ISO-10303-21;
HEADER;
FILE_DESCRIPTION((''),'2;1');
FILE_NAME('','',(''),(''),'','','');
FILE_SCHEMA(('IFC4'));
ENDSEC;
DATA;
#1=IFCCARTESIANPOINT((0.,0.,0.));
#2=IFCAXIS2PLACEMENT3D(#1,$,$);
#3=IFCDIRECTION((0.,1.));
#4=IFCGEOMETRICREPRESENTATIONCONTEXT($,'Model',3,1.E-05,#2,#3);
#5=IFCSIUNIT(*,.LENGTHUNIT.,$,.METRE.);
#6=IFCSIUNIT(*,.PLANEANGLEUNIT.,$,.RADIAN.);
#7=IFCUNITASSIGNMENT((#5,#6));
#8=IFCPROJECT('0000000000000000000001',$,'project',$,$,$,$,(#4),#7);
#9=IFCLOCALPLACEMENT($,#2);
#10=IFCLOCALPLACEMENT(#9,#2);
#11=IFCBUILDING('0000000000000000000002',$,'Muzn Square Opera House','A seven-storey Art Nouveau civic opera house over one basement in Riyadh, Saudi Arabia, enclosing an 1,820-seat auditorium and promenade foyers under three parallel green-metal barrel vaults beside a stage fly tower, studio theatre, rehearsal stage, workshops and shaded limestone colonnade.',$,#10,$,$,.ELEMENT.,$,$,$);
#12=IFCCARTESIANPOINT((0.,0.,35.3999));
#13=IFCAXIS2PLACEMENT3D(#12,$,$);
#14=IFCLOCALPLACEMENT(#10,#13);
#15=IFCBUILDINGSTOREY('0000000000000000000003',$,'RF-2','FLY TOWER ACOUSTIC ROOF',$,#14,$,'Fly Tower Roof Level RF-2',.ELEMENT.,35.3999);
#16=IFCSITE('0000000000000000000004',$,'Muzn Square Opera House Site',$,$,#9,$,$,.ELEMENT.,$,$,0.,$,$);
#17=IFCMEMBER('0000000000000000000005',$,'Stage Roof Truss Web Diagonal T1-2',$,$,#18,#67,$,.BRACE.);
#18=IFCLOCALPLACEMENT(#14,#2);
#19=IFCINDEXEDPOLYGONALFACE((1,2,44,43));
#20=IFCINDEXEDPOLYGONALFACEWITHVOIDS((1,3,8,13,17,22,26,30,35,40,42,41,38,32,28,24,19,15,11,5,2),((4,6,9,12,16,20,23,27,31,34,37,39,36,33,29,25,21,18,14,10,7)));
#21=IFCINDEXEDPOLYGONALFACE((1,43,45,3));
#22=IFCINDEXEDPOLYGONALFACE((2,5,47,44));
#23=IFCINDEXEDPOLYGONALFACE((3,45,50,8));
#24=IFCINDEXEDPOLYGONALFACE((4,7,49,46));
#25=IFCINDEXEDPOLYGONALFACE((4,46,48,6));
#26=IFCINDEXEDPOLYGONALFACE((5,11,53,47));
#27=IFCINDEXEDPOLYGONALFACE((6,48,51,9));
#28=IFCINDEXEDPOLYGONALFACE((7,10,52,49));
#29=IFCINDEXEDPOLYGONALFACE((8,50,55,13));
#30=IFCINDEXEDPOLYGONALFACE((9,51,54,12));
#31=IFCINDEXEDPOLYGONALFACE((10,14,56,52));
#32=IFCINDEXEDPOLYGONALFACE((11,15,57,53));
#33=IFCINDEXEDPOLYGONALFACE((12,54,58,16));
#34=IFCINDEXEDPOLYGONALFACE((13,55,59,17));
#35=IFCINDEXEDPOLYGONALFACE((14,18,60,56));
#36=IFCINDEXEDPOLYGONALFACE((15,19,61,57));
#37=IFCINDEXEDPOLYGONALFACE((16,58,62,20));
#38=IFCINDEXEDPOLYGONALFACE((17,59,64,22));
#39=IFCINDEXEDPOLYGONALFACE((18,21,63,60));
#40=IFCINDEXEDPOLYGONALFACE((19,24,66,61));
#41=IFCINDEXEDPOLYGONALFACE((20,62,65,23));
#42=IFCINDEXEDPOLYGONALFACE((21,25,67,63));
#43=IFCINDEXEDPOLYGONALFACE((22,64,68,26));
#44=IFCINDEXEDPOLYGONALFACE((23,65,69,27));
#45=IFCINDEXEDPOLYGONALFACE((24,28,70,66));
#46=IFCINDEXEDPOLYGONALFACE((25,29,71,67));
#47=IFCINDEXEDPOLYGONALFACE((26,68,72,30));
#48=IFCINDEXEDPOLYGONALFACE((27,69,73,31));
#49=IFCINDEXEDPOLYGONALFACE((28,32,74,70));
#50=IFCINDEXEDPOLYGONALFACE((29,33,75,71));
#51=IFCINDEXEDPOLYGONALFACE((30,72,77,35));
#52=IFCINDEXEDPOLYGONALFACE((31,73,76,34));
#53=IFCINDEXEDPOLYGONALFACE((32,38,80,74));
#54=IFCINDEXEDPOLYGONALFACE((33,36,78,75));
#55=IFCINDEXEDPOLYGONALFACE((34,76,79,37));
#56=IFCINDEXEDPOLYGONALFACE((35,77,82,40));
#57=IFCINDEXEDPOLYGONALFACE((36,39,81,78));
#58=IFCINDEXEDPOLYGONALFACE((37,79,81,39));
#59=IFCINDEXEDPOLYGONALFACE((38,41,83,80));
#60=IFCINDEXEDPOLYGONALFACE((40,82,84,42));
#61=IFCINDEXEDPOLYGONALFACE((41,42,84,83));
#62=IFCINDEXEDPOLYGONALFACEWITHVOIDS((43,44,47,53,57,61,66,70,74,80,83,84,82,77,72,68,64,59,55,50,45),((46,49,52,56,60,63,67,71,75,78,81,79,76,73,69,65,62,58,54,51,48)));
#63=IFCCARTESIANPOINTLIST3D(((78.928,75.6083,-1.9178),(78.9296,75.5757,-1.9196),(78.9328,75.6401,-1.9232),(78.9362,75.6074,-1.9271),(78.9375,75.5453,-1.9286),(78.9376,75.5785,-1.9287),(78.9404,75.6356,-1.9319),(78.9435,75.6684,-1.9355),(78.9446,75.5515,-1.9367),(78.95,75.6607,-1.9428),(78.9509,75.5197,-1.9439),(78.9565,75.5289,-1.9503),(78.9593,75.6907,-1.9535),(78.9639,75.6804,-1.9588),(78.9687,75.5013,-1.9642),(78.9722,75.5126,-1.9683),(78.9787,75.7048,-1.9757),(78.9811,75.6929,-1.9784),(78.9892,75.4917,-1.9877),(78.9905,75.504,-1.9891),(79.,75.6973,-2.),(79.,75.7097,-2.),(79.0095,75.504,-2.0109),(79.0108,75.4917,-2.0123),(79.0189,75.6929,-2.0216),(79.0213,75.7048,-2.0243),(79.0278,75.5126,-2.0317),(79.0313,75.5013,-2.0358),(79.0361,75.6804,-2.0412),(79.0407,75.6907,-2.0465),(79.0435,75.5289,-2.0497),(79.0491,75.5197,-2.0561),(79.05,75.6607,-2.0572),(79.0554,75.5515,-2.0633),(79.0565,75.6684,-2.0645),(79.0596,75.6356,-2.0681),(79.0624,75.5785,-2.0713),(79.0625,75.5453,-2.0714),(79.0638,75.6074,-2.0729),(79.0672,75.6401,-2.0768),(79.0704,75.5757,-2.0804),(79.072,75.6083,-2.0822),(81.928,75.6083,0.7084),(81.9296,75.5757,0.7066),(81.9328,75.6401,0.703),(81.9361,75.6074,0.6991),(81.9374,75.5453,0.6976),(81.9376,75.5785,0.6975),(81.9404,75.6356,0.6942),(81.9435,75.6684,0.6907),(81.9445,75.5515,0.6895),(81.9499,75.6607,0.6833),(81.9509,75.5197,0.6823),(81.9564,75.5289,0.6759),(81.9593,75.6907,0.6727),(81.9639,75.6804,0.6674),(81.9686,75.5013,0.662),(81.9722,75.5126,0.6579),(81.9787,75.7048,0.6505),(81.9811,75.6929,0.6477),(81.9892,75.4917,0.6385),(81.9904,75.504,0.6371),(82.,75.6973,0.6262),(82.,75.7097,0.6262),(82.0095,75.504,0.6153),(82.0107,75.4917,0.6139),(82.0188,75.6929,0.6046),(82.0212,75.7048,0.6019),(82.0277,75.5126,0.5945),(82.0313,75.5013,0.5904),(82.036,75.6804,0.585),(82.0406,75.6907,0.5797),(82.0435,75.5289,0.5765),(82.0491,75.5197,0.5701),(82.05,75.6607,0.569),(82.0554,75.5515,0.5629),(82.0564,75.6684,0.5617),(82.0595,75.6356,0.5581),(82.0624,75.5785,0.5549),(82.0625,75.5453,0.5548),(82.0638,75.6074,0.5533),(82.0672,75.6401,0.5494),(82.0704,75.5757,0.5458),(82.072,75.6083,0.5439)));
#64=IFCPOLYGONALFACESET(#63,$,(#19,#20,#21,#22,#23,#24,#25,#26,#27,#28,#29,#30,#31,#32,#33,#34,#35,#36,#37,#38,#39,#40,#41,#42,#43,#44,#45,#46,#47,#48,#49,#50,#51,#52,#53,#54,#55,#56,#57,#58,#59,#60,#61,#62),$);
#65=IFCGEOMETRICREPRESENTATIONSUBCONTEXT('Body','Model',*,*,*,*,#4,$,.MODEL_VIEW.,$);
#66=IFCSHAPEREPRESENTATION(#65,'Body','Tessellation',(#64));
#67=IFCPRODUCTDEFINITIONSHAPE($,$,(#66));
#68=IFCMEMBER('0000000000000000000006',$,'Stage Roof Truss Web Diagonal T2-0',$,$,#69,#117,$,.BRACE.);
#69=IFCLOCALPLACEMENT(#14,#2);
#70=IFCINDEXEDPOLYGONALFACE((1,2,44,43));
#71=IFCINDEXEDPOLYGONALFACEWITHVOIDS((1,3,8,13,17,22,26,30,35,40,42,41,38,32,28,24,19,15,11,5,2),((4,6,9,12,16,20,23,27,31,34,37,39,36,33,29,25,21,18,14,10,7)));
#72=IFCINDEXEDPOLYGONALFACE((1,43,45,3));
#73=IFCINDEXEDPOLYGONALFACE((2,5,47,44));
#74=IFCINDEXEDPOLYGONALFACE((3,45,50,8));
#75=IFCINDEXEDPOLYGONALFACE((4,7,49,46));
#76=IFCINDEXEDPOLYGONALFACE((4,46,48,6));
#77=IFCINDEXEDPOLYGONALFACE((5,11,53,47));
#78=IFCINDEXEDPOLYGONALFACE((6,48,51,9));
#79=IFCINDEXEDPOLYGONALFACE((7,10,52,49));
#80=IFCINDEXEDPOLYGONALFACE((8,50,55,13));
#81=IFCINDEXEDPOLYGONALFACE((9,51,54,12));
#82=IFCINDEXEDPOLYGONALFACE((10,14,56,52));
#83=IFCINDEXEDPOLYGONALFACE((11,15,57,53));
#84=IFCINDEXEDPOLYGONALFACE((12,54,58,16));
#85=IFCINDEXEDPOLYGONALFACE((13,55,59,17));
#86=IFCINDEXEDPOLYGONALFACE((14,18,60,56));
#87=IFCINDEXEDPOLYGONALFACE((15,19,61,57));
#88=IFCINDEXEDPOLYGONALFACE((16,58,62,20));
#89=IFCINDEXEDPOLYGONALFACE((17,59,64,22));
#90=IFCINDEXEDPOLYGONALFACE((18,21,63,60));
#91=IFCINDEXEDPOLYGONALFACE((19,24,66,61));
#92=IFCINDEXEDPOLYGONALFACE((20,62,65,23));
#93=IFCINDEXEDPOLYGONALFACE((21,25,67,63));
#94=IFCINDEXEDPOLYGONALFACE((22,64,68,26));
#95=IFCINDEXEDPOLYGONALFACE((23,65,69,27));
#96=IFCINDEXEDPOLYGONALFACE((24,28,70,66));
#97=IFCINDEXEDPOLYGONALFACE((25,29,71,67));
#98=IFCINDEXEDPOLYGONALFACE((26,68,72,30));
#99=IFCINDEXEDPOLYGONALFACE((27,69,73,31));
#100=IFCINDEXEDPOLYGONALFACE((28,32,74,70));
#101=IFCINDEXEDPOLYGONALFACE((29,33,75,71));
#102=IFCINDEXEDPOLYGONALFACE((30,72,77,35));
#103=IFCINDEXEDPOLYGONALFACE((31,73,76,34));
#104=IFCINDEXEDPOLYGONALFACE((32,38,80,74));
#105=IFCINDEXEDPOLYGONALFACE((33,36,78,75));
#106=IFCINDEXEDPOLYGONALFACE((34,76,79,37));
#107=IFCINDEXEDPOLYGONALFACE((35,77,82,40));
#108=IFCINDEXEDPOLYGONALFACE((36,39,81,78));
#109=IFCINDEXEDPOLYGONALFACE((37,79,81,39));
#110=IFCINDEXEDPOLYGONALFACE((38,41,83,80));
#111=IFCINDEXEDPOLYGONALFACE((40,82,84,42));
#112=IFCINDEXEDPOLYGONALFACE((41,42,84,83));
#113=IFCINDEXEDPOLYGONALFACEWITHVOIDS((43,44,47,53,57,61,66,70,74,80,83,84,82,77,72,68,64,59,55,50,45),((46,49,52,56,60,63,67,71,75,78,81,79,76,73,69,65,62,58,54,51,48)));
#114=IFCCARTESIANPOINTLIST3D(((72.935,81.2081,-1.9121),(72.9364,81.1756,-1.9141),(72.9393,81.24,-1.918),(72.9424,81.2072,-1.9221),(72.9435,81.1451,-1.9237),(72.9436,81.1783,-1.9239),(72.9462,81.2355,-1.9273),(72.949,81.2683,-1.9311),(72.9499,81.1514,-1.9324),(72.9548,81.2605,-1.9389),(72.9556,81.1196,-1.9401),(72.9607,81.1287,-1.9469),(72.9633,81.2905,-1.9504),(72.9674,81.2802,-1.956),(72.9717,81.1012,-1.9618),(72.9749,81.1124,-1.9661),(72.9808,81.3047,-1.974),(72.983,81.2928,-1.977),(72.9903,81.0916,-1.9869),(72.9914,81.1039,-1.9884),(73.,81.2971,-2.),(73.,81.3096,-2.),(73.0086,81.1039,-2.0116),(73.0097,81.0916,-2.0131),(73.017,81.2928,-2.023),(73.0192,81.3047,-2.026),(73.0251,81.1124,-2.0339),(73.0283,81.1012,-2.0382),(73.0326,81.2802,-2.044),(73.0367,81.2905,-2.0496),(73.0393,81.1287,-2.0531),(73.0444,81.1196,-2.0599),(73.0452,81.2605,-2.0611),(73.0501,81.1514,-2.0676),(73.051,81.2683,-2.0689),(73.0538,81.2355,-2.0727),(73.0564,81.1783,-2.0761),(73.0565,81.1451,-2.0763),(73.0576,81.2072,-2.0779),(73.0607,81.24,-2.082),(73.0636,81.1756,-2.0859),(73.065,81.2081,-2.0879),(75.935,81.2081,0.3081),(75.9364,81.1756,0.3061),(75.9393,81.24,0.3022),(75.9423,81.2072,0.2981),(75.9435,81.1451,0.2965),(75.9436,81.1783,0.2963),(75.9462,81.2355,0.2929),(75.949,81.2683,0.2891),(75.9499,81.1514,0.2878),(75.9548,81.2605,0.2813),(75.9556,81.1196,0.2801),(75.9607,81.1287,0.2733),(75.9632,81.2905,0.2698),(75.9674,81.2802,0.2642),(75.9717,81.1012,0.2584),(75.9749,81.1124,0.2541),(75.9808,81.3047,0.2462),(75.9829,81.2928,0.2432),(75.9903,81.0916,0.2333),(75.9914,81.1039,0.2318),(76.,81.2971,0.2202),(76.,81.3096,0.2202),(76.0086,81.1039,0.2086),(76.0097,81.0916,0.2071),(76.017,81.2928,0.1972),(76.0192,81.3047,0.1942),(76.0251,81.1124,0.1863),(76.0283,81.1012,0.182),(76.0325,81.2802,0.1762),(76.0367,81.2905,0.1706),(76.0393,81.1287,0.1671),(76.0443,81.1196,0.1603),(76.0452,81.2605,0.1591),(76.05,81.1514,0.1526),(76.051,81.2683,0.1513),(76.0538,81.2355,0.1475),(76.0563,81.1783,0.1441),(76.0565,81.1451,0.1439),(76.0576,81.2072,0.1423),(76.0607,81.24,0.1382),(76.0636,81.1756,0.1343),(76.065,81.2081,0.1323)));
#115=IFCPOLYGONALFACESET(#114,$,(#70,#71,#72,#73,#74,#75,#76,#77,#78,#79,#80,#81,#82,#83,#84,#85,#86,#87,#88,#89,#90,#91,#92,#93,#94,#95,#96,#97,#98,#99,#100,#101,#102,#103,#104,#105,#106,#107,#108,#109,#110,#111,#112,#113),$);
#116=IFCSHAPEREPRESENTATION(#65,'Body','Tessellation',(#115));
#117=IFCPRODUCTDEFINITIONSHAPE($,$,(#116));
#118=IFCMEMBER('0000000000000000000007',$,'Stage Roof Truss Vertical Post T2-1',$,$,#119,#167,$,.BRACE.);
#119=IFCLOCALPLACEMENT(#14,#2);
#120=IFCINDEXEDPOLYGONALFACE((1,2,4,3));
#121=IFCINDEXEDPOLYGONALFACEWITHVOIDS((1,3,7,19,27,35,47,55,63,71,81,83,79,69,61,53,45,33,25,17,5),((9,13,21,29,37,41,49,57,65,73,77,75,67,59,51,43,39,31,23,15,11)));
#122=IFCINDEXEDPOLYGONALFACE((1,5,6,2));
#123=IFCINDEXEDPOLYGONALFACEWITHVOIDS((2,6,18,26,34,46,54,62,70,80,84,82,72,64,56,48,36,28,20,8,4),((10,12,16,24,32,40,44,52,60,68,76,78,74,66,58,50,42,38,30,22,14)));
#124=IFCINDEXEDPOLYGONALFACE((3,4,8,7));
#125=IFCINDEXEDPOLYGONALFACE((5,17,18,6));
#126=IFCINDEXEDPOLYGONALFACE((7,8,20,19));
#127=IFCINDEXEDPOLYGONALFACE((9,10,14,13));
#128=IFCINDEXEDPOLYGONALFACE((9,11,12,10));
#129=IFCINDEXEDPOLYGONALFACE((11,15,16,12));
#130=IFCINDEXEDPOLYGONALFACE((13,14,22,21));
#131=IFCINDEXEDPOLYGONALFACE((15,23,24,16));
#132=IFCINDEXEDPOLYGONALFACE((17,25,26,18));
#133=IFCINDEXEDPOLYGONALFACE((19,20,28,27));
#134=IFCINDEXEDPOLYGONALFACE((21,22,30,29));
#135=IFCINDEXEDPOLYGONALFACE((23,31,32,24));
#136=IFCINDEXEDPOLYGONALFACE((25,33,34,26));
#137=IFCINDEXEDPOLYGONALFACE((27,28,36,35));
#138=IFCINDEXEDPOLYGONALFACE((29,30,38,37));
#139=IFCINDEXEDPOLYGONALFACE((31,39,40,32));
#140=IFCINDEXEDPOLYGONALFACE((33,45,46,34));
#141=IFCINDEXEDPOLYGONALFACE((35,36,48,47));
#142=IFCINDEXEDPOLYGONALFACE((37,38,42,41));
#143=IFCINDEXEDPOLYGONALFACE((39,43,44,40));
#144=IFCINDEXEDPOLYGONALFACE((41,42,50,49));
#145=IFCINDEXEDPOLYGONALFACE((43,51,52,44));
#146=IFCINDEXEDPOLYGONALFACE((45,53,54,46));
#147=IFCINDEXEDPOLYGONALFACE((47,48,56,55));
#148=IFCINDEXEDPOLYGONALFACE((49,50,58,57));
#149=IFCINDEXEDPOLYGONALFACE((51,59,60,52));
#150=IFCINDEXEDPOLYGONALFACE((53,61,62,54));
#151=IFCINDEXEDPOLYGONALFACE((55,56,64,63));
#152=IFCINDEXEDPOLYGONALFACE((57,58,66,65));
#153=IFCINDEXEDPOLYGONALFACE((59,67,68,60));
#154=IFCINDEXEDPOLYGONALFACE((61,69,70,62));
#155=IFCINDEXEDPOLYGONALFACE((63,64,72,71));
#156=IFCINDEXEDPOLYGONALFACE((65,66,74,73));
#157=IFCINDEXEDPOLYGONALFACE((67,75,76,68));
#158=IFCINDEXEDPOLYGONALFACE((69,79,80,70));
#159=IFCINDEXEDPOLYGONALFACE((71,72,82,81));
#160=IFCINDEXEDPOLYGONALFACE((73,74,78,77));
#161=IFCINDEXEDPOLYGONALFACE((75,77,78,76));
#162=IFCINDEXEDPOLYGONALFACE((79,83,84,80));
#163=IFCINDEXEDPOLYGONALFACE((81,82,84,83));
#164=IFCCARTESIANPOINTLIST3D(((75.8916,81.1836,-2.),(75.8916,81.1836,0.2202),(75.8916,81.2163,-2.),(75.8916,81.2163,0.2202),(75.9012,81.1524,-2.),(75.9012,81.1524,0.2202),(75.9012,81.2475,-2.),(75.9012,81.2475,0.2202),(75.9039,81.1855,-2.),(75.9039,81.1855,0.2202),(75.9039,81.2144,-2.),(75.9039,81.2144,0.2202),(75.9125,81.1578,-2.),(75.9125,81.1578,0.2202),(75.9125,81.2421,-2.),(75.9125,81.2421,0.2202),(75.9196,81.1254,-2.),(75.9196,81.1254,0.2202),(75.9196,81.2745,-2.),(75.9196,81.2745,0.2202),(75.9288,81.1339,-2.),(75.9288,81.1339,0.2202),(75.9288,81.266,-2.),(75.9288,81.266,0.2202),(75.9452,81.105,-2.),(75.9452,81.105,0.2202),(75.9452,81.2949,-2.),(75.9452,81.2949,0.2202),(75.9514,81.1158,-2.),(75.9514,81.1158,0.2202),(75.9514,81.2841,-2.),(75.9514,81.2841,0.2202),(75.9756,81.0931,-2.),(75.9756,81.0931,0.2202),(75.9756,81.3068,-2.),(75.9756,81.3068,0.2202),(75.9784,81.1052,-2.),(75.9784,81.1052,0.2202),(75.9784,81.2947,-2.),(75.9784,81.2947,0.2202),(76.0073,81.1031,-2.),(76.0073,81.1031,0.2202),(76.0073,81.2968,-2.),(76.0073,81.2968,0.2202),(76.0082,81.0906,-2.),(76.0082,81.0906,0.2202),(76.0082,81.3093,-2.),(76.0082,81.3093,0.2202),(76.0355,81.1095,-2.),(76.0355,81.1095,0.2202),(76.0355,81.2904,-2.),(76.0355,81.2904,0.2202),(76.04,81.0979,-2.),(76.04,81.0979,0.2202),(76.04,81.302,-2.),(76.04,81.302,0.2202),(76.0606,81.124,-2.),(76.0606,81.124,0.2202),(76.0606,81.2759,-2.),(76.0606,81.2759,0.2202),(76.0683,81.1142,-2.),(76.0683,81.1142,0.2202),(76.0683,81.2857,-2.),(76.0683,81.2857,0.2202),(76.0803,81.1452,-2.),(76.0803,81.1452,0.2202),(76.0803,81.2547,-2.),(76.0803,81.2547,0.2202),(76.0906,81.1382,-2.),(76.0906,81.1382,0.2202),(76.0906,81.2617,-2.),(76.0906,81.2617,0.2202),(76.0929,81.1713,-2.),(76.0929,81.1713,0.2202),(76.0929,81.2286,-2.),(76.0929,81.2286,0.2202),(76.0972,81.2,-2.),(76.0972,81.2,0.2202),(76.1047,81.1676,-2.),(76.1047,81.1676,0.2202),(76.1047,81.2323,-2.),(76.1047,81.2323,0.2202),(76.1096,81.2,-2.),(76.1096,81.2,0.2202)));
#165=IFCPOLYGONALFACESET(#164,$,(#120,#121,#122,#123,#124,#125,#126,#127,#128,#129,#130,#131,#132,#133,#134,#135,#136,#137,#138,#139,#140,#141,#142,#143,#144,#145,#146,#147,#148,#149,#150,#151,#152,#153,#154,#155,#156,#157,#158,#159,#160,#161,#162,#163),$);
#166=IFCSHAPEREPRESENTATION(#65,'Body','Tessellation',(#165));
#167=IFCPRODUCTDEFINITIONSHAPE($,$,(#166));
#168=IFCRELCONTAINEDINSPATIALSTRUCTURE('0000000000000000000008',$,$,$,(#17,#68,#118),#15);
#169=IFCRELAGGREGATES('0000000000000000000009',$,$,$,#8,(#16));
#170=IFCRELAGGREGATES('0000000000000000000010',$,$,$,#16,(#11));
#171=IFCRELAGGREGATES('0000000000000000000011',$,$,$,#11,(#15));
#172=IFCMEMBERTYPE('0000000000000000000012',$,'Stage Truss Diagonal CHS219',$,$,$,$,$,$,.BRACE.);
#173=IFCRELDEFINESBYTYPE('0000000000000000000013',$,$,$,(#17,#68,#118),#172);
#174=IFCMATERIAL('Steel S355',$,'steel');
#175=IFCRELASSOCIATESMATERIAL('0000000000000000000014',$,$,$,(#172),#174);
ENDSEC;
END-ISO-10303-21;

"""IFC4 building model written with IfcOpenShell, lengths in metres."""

from ifc_helpers import new_model, si_unit, direction, frame, origin, origin_2d, place, context, subcontext, project, spatial, hollow_circle, extrude, material, material_profile, profile_set, type_object, element, save


model = new_model("IFC4")

# Units and contexts
model_context = context("Model", 3, precision=1e-05, world=origin(), true_north=direction((0.0, 1.0)))
body_context = subcontext(model_context, "Body", "Model", "MODEL_VIEW")
ifc_project = project(units=[si_unit("LENGTHUNIT", "METRE"), si_unit("PLANEANGLEUNIT", "RADIAN")], contexts=[model_context])

# Site, building, storey
site_placement = place(None, origin())
site = spatial("IfcSite", under=ifc_project, at=site_placement, Name="Muzn Square Opera House Site", CompositionType="ELEMENT", RefElevation=0.0)
building_placement = place(site_placement, origin())
building = spatial("IfcBuilding", under=site, at=building_placement, Name="Muzn Square Opera House", Description="A seven-storey Art Nouveau civic opera house over one basement in Riyadh, Saudi Arabia, enclosing an 1,820-seat auditorium and promenade foyers under three parallel green-metal barrel vaults beside a stage fly tower, studio theatre, rehearsal stage, workshops and shaded limestone colonnade.", CompositionType="ELEMENT")
storey_placement = place(building_placement, frame((0.0, 0.0, 35.3999)))
storey = spatial("IfcBuildingStorey", under=building, at=storey_placement, Name="RF-2", Description="FLY TOWER ACOUSTIC ROOF", LongName="Fly Tower Roof Level RF-2", CompositionType="ELEMENT", Elevation=35.3999)

# Members
ifc_material = material(Name="Steel S355", Category="steel")
ifc_material_profile_1 = material_profile(ifc_material, hollow_circle(Radius=0.1096, WallThickness=0.0125, at=origin_2d()), Name="CHS 219.1x12.5", Category="steel")
ifc_profile_set_1 = profile_set([ifc_material_profile_1], Name="Steel S355")
member_type_1 = type_object("IfcMemberType", Name="Stage Truss Diagonal CHS219", PredefinedType="BRACE", material=ifc_profile_set_1)
member_1_placement = place(storey_placement, frame((79.0, 75.6001, -2.0), z_axis=(0.752425, 0.0, 0.658678), x_axis=(0.0, 1.0, 0.0)))
element("IfcMember", 1, at=member_1_placement, inside=storey, type_object=member_type_1, Name="Stage Roof Truss Web Diagonal T1-2", PredefinedType="BRACE", context=body_context, shape_type="SweptSolid", body=[
    extrude(hollow_circle(Radius=0.1096, WallThickness=0.0125, at=origin_2d()), origin(), (0.0, 0.0, 1.0), 3.9871),
])
member_2_placement = place(storey_placement, frame((73.0, 81.2, -2.0), z_axis=(0.803814, 0.0, 0.59488), x_axis=(0.0, 1.0, 0.0)))
element("IfcMember", 2, at=member_2_placement, inside=storey, type_object=member_type_1, Name="Stage Roof Truss Web Diagonal T2-0", PredefinedType="BRACE", context=body_context, shape_type="SweptSolid", body=[
    extrude(hollow_circle(Radius=0.1096, WallThickness=0.0125, at=origin_2d()), origin(), (0.0, 0.0, 1.0), 3.7322),
])
member_3_placement = place(storey_placement, frame((76.0, 81.2, -2.0), z_axis=(0.0, 0.0, 1.0), x_axis=(1.0, 0.0, 0.0)))
element("IfcMember", 3, at=member_3_placement, inside=storey, type_object=member_type_1, Name="Stage Roof Truss Vertical Post T2-1", PredefinedType="BRACE", context=body_context, shape_type="SweptSolid", body=[
    extrude(hollow_circle(Radius=0.1096, WallThickness=0.0125, at=origin_2d()), origin(), (0.0, 0.0, 1.0), 2.2202),
])

save(model, "model.ifc")
